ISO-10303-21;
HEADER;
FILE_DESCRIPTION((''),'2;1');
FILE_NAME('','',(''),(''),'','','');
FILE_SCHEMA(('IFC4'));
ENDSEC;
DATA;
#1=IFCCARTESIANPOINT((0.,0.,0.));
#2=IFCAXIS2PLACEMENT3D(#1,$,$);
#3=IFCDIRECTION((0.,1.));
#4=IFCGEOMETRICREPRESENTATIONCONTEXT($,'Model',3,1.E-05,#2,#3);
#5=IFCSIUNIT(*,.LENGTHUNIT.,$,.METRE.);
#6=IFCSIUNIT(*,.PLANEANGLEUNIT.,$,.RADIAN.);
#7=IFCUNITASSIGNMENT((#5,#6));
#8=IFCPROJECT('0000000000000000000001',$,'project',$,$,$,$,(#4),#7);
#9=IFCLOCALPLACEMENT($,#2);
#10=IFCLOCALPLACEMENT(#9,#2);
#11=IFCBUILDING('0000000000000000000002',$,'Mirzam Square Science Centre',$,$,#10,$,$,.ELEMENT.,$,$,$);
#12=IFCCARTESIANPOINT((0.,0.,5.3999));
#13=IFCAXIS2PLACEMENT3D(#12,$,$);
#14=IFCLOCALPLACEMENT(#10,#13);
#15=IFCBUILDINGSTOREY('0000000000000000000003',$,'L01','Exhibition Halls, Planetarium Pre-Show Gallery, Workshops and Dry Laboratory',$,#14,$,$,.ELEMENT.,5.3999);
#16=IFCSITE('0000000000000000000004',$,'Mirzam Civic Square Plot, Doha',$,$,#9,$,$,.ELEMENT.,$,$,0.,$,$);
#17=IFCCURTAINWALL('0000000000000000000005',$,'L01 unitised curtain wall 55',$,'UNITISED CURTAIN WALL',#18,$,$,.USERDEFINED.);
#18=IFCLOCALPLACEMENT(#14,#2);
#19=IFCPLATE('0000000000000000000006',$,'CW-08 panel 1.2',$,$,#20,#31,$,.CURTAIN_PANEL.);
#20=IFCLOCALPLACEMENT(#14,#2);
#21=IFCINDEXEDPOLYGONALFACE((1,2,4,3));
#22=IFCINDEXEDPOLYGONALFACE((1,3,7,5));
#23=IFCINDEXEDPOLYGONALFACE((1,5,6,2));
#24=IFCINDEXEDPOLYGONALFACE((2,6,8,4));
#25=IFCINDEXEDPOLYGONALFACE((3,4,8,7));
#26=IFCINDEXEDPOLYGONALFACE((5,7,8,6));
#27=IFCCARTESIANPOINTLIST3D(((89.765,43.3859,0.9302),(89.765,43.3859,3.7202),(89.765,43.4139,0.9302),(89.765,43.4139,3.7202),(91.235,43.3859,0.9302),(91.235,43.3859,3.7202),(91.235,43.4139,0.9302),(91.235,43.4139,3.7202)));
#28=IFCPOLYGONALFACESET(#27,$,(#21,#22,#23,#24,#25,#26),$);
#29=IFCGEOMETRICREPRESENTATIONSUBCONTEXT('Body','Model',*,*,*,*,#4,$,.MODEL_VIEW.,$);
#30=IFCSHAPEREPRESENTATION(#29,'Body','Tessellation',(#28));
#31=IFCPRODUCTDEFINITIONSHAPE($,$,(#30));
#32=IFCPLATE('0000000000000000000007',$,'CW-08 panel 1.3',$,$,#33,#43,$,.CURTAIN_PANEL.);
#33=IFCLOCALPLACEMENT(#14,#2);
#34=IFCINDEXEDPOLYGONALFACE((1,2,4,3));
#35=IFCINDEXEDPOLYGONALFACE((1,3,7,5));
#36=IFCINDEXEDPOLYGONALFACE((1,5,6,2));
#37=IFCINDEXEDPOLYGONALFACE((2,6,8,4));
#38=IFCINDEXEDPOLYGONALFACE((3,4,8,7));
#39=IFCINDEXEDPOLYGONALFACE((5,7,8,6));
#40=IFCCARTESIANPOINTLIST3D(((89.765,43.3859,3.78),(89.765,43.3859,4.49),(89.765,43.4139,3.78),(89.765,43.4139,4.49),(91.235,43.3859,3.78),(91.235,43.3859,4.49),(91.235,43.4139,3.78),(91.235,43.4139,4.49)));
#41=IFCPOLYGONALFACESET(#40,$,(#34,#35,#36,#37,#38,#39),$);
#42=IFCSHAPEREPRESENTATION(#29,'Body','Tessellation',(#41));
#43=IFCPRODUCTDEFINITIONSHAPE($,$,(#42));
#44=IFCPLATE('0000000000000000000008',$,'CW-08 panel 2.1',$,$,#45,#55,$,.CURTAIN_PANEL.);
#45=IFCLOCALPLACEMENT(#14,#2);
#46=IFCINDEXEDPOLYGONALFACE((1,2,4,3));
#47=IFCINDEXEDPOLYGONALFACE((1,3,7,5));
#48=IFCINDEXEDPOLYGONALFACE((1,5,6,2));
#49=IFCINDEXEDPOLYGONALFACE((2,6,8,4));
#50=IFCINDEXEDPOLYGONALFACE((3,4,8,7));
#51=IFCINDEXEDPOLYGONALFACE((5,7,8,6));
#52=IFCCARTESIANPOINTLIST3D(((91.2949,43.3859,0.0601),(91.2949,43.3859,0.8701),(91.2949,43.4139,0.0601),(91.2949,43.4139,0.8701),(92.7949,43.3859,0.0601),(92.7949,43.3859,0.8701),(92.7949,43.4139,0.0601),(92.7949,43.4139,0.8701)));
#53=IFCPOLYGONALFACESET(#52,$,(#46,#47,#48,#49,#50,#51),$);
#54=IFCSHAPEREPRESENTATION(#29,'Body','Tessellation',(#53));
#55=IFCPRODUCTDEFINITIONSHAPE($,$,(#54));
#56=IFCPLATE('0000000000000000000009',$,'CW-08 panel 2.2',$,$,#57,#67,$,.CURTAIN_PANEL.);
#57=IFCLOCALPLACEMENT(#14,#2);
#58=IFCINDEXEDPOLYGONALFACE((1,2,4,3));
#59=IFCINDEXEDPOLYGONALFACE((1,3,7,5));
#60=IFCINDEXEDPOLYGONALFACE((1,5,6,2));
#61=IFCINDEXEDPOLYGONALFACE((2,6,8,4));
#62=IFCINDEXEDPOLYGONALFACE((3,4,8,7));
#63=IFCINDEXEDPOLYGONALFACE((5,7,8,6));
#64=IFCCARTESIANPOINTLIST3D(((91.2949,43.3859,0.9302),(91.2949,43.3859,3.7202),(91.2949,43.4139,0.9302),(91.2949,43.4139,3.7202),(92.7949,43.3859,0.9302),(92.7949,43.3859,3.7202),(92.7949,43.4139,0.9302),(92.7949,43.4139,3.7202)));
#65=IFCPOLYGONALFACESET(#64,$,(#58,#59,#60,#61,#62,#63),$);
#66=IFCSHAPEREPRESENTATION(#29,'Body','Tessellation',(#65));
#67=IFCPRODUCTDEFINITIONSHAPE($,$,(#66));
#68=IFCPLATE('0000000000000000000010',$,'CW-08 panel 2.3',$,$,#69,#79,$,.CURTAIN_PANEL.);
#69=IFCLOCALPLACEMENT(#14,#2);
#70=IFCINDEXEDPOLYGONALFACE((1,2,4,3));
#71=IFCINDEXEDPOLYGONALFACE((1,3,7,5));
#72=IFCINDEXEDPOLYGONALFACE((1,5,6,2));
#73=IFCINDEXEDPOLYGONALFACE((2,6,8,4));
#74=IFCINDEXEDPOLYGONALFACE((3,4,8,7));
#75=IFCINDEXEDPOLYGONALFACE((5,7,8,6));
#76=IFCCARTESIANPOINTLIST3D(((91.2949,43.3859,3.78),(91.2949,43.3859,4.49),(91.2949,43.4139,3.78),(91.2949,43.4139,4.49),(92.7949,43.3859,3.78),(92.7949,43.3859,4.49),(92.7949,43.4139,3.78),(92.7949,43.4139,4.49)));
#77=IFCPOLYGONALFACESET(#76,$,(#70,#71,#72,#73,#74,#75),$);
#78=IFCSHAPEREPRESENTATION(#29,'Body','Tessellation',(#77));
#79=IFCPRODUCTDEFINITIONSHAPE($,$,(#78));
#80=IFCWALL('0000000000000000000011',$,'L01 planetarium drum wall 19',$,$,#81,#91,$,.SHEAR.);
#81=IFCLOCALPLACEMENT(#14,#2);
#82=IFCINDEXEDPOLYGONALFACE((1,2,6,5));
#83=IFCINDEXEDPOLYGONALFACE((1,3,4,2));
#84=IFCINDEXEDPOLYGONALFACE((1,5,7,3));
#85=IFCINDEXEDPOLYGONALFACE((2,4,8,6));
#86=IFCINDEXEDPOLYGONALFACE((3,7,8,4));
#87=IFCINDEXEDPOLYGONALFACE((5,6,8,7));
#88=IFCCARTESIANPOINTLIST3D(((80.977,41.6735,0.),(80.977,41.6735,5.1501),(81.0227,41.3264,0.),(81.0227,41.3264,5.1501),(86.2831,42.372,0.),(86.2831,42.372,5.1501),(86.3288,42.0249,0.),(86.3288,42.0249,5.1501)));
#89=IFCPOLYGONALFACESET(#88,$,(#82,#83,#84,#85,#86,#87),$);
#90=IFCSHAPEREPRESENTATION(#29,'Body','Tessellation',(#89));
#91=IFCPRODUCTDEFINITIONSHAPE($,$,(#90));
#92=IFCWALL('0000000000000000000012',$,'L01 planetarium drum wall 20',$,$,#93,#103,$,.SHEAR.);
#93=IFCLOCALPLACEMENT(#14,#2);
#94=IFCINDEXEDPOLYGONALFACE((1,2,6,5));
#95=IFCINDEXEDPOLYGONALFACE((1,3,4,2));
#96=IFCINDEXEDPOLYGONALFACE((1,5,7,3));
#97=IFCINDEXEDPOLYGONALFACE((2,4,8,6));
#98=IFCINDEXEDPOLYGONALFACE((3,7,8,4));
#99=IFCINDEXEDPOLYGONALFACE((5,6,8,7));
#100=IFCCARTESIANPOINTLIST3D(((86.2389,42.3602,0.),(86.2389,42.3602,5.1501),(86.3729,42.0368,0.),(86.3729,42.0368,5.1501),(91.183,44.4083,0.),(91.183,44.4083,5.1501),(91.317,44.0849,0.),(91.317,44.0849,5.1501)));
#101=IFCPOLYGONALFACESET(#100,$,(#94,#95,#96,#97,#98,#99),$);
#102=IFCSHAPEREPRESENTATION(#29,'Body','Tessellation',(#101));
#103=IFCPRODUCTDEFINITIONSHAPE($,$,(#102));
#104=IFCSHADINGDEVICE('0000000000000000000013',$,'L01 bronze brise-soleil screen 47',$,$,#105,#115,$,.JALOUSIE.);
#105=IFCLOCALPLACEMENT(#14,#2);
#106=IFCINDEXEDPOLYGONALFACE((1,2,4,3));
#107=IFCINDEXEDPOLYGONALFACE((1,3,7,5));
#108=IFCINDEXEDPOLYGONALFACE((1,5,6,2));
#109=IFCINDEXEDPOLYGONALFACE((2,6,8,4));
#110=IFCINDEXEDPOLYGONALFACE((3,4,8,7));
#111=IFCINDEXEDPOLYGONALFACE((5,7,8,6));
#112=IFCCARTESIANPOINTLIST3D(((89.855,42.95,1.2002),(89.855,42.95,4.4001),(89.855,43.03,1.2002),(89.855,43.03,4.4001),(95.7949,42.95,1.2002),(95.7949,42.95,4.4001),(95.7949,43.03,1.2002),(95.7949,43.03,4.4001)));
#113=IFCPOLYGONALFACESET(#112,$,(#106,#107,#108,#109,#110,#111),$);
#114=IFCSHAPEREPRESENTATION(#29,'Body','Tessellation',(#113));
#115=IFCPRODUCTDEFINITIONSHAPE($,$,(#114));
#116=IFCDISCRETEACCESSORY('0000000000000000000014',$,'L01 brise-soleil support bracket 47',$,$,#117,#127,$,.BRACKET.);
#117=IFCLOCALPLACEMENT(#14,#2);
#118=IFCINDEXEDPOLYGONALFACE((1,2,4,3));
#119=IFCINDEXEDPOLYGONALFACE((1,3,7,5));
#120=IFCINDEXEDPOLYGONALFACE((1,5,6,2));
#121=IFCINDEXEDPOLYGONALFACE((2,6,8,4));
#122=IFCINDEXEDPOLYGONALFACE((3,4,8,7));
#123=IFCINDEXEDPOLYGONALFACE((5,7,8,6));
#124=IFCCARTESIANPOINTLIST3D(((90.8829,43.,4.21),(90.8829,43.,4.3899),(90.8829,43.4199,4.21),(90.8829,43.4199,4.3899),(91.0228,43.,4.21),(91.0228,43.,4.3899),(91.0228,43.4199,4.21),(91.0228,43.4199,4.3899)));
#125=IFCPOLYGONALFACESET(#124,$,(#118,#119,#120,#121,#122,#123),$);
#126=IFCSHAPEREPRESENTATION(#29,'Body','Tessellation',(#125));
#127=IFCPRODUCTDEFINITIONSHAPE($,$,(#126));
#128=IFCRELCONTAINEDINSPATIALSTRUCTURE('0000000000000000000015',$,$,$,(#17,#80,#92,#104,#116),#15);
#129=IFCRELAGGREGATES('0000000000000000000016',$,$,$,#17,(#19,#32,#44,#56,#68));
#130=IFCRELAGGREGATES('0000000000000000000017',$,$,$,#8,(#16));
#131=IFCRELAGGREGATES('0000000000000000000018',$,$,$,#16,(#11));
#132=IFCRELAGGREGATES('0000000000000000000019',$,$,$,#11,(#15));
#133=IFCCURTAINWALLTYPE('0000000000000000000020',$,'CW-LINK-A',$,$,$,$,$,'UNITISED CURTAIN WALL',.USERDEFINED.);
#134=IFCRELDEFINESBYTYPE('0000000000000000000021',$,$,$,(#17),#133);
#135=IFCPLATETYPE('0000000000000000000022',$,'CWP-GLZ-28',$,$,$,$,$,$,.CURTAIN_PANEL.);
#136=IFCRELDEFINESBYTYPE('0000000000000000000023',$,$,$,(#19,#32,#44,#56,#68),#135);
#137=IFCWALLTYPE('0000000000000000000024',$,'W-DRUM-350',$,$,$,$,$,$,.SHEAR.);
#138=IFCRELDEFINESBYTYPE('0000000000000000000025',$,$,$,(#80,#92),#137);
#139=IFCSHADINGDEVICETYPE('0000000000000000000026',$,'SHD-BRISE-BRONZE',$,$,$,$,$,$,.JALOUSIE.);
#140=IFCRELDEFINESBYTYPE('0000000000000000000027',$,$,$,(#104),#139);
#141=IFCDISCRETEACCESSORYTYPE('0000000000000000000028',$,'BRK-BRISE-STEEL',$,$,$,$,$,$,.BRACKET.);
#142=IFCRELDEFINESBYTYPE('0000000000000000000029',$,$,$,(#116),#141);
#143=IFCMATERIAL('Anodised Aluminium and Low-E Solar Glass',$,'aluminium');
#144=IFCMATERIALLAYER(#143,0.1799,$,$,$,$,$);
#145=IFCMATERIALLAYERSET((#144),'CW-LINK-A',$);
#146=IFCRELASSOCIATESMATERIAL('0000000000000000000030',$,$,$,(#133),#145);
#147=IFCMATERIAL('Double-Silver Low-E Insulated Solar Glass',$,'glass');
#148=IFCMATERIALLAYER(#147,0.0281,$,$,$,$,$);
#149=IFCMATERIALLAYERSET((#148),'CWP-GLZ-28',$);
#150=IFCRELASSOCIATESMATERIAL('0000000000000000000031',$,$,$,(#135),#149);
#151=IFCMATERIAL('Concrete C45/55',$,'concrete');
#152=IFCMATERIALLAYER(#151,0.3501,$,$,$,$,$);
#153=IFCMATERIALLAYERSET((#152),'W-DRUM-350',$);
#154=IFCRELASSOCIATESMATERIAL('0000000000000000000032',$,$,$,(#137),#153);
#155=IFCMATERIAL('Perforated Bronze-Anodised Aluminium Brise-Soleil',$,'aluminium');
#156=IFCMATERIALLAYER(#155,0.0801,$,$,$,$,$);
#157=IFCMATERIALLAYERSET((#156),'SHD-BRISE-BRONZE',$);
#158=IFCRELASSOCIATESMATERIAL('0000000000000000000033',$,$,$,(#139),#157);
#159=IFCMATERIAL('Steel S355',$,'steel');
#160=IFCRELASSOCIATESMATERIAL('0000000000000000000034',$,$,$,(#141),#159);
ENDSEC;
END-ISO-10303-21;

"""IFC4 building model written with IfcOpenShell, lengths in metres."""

from ifc_helpers import new_model, si_unit, direction, frame, frame_2d, origin, origin_2d, place, context, subcontext, project, spatial, rectangle, extrude, material, layer, layer_set, type_object, element, aggregate, save


model = new_model("IFC4")

# Units and contexts
model_context = context("Model", 3, precision=1e-05, world=origin(), true_north=direction((0.0, 1.0)))
body_context = subcontext(model_context, "Body", "Model", "MODEL_VIEW")
ifc_project = project(units=[si_unit("LENGTHUNIT", "METRE"), si_unit("PLANEANGLEUNIT", "RADIAN")], contexts=[model_context])

# Site, building, storey
site_placement = place(None, origin())
site = spatial("IfcSite", under=ifc_project, at=site_placement, Name="Mirzam Civic Square Plot, Doha", CompositionType="ELEMENT", RefElevation=0.0)
building_placement = place(site_placement, origin())
building = spatial("IfcBuilding", under=site, at=building_placement, Name="Mirzam Square Science Centre", CompositionType="ELEMENT")
storey_placement = place(building_placement, frame((0.0, 0.0, 5.3999)))
storey = spatial("IfcBuildingStorey", under=building, at=storey_placement, Name="L01", Description="Exhibition Halls, Planetarium Pre-Show Gallery, Workshops and Dry Laboratory", CompositionType="ELEMENT", Elevation=5.3999)

# Curtain wall, plates
ifc_material_1 = material(Name="Anodised Aluminium and Low-E Solar Glass", Category="aluminium")
ifc_layer_1 = layer(ifc_material_1, 0.1799)
ifc_layer_set_1 = layer_set([ifc_layer_1], Name="CW-LINK-A")
curtain_wall_type = type_object("IfcCurtainWallType", Name="CW-LINK-A", ElementType="UNITISED CURTAIN WALL", PredefinedType="USERDEFINED", material=ifc_layer_set_1)
curtain_wall_placement = place(storey_placement, origin())
curtain_wall = element("IfcCurtainWall", 1, at=curtain_wall_placement, inside=storey, type_object=curtain_wall_type, Name="L01 unitised curtain wall 55", ObjectType="UNITISED CURTAIN WALL", PredefinedType="USERDEFINED")
ifc_material_2 = material(Name="Double-Silver Low-E Insulated Solar Glass", Category="glass")
ifc_layer_2 = layer(ifc_material_2, 0.0281)
ifc_layer_set_2 = layer_set([ifc_layer_2], Name="CWP-GLZ-28")
plate_type = type_object("IfcPlateType", Name="CWP-GLZ-28", PredefinedType="CURTAIN_PANEL", material=ifc_layer_set_2)
plate_1_placement = place(storey_placement, frame((90.5, 43.3999, 0.9302), z_axis=(0.0, 0.0, 1.0), x_axis=(1.0, 0.0, 0.0)))
plate_1 = element("IfcPlate", 2, at=plate_1_placement, type_object=plate_type, Name="CW-08 panel 1.2", PredefinedType="CURTAIN_PANEL", context=body_context, shape_type="SweptSolid", body=[
    extrude(rectangle(XDim=1.47, YDim=0.0281, at=origin_2d()), origin(), (0.0, 0.0, 1.0), 2.79),
])
plate_2_placement = place(storey_placement, frame((90.5, 43.3999, 3.78), z_axis=(0.0, 0.0, 1.0), x_axis=(1.0, 0.0, 0.0)))
plate_2 = element("IfcPlate", 3, at=plate_2_placement, type_object=plate_type, Name="CW-08 panel 1.3", PredefinedType="CURTAIN_PANEL", context=body_context, shape_type="SweptSolid", body=[
    extrude(rectangle(XDim=1.47, YDim=0.0281, at=origin_2d()), origin(), (0.0, 0.0, 1.0), 0.71),
])
plate_3_placement = place(storey_placement, frame((92.0449, 43.3999, 0.0601), z_axis=(0.0, 0.0, 1.0), x_axis=(1.0, 0.0, 0.0)))
plate_3 = element("IfcPlate", 4, at=plate_3_placement, type_object=plate_type, Name="CW-08 panel 2.1", PredefinedType="CURTAIN_PANEL", context=body_context, shape_type="SweptSolid", body=[
    extrude(rectangle(XDim=1.5, YDim=0.0281, at=origin_2d()), origin(), (0.0, 0.0, 1.0), 0.8101),
])
plate_4_placement = place(storey_placement, frame((92.0449, 43.3999, 0.9302), z_axis=(0.0, 0.0, 1.0), x_axis=(1.0, 0.0, 0.0)))
plate_4 = element("IfcPlate", 5, at=plate_4_placement, type_object=plate_type, Name="CW-08 panel 2.2", PredefinedType="CURTAIN_PANEL", context=body_context, shape_type="SweptSolid", body=[
    extrude(rectangle(XDim=1.5, YDim=0.0281, at=origin_2d()), origin(), (0.0, 0.0, 1.0), 2.79),
])
plate_5_placement = place(storey_placement, frame((92.0449, 43.3999, 3.78), z_axis=(0.0, 0.0, 1.0), x_axis=(1.0, 0.0, 0.0)))
plate_5 = element("IfcPlate", 6, at=plate_5_placement, type_object=plate_type, Name="CW-08 panel 2.3", PredefinedType="CURTAIN_PANEL", context=body_context, shape_type="SweptSolid", body=[
    extrude(rectangle(XDim=1.5, YDim=0.0281, at=origin_2d()), origin(), (0.0, 0.0, 1.0), 0.71),
])
aggregate(curtain_wall, [plate_1, plate_2, plate_3, plate_4, plate_5])

# Walls
ifc_material_3 = material(Name="Concrete C45/55", Category="concrete")
ifc_layer_3 = layer(ifc_material_3, 0.3501)
ifc_layer_set_3 = layer_set([ifc_layer_3], Name="W-DRUM-350")
wall_type = type_object("IfcWallType", Name="W-DRUM-350", PredefinedType="SHEAR", material=ifc_layer_set_3)
wall_1_placement = place(storey_placement, frame((81.0, 41.5, 0.0), z_axis=(0.0, 0.0, 1.0), x_axis=(0.991446, 0.130517, 0.0)))
element("IfcWall", 7, at=wall_1_placement, inside=storey, type_object=wall_type, Name="L01 planetarium drum wall 19", PredefinedType="SHEAR", context=body_context, shape_type="SweptSolid", body=[
    extrude(rectangle(XDim=5.3518, YDim=0.3501, at=frame_2d((2.6758, 0.0))), origin(), (0.0, 0.0, 1.0), 5.1501),
])
wall_2_placement = place(storey_placement, frame((86.3059, 42.1985, 0.0), z_axis=(0.0, 0.0, 1.0), x_axis=(0.923867, 0.382713, 0.0)))
element("IfcWall", 8, at=wall_2_placement, inside=storey, type_object=wall_type, Name="L01 planetarium drum wall 20", PredefinedType="SHEAR", context=body_context, shape_type="SweptSolid", body=[
    extrude(rectangle(XDim=5.3516, YDim=0.3501, at=frame_2d((2.6758, 0.0))), origin(), (0.0, 0.0, 1.0), 5.1501),
])

# Shading device
ifc_material_4 = material(Name="Perforated Bronze-Anodised Aluminium Brise-Soleil", Category="aluminium")
ifc_layer_4 = layer(ifc_material_4, 0.0801)
ifc_layer_set_4 = layer_set([ifc_layer_4], Name="SHD-BRISE-BRONZE")
shading_device_type = type_object("IfcShadingDeviceType", Name="SHD-BRISE-BRONZE", PredefinedType="JALOUSIE", material=ifc_layer_set_4)
shading_device_placement = place(storey_placement, frame((92.825, 42.99, 1.2002), z_axis=(0.0, 0.0, 1.0), x_axis=(1.0, 0.0, 0.0)))
element("IfcShadingDevice", 9, at=shading_device_placement, inside=storey, type_object=shading_device_type, Name="L01 bronze brise-soleil screen 47", PredefinedType="JALOUSIE", context=body_context, shape_type="SweptSolid", body=[
    extrude(rectangle(XDim=5.9399, YDim=0.0801, at=origin_2d()), origin(), (0.0, 0.0, 1.0), 3.2),
])

# Discrete accessory
ifc_material_5 = material(Name="Steel S355", Category="steel")
discrete_accessory_type = type_object("IfcDiscreteAccessoryType", Name="BRK-BRISE-STEEL", PredefinedType="BRACKET", material=ifc_material_5)
discrete_accessory_placement = place(storey_placement, frame((90.9529, 43.21, 4.21), z_axis=(0.0, 0.0, 1.0), x_axis=(1.0, 0.0, 0.0)))
element("IfcDiscreteAccessory", 10, at=discrete_accessory_placement, inside=storey, type_object=discrete_accessory_type, Name="L01 brise-soleil support bracket 47", PredefinedType="BRACKET", context=body_context, shape_type="SweptSolid", body=[
    extrude(rectangle(XDim=0.1399, YDim=0.4199, at=origin_2d()), origin(), (0.0, 0.0, 1.0), 0.1799),
])

save(model, "model.ifc")
